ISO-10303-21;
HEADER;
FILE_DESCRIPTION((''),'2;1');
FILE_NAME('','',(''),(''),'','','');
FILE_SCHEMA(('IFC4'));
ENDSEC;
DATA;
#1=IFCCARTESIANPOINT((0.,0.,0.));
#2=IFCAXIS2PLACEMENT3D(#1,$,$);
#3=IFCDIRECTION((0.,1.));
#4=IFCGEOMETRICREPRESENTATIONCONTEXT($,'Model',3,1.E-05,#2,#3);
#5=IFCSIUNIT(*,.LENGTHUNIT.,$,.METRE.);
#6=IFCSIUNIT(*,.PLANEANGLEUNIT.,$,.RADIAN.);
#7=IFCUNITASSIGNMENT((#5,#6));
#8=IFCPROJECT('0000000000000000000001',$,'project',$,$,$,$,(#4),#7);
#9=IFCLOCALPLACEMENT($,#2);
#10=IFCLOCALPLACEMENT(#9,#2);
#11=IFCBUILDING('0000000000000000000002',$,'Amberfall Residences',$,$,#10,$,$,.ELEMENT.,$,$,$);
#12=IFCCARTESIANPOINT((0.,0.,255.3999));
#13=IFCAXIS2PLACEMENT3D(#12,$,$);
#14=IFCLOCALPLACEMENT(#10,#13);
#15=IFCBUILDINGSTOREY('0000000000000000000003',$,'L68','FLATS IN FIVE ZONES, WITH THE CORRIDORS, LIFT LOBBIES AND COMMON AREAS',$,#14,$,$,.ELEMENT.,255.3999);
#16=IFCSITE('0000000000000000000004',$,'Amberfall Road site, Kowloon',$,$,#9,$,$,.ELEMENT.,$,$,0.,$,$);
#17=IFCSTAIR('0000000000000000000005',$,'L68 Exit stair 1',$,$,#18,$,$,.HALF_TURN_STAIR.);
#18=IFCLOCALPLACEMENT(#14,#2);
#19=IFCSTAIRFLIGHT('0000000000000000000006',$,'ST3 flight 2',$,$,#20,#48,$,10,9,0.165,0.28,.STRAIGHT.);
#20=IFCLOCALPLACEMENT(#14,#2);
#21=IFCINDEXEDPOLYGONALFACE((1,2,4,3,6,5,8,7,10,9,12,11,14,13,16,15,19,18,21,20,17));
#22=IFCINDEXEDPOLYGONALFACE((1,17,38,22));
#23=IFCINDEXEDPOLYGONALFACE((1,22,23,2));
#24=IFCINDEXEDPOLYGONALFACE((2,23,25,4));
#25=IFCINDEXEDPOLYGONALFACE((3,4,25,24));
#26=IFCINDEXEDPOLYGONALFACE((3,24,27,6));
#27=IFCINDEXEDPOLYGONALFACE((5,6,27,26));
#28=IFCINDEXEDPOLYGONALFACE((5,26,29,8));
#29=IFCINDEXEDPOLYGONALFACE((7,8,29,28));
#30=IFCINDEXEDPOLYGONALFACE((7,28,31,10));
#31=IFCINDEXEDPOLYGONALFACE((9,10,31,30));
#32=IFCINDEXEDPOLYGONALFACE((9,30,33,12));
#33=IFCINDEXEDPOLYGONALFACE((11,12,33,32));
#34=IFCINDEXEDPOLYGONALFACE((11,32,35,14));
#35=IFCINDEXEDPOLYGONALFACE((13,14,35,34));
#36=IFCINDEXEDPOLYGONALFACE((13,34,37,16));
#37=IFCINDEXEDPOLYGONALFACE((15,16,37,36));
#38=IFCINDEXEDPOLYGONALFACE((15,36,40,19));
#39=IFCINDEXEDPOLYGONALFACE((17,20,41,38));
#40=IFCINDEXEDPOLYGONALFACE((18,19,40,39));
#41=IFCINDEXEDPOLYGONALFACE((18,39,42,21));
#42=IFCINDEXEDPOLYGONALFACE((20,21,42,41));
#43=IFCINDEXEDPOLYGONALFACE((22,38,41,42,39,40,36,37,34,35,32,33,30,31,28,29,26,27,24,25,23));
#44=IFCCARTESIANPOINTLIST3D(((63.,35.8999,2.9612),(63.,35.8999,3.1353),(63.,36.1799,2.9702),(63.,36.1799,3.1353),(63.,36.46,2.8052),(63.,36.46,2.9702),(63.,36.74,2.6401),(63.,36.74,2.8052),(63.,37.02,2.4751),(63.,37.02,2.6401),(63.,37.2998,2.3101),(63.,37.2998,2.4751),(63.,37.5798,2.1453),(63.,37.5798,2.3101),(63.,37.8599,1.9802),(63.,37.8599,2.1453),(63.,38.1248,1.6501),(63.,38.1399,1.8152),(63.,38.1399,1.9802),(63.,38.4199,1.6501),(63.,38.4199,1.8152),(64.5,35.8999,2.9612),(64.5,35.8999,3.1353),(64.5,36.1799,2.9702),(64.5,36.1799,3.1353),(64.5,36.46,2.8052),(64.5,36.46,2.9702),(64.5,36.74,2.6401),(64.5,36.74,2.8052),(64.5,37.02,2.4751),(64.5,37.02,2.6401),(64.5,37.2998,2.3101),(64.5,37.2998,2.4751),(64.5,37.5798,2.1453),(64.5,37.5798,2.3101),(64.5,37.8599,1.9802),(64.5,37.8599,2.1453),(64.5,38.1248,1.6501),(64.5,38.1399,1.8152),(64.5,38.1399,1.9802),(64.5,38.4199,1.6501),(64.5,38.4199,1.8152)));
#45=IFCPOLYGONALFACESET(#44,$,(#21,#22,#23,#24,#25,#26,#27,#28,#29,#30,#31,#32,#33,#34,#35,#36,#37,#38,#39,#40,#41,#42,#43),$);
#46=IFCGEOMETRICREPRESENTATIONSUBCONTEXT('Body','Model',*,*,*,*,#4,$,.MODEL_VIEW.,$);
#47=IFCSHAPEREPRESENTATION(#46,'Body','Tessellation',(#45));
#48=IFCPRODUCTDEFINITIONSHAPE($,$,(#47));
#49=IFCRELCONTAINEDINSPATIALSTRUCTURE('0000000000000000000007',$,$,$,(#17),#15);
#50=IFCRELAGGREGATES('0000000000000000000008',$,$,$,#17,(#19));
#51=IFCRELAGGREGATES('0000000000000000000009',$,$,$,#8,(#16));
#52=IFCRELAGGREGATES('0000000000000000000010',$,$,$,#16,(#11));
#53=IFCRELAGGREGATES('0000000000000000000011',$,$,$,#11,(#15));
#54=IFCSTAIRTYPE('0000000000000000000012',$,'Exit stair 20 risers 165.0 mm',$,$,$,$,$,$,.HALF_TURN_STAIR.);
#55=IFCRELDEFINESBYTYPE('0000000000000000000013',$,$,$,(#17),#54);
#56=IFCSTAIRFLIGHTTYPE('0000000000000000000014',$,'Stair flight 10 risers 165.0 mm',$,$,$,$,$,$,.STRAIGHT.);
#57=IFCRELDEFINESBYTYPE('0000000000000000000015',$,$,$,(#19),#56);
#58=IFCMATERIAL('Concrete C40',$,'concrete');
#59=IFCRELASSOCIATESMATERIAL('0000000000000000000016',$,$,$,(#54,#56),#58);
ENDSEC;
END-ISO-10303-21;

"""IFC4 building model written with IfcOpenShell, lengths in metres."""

from ifc_helpers import new_model, si_unit, direction, frame, origin, place, context, subcontext, project, spatial, polyline, outline, extrude, material, type_object, element, aggregate, save


model = new_model("IFC4")

# Units and contexts
model_context = context("Model", 3, precision=1e-05, world=origin(), true_north=direction((0.0, 1.0)))
body_context = subcontext(model_context, "Body", "Model", "MODEL_VIEW")
ifc_project = project(units=[si_unit("LENGTHUNIT", "METRE"), si_unit("PLANEANGLEUNIT", "RADIAN")], contexts=[model_context])

# Site, building, storey
site_placement = place(None, origin())
site = spatial("IfcSite", under=ifc_project, at=site_placement, Name="Amberfall Road site, Kowloon", CompositionType="ELEMENT", RefElevation=0.0)
building_placement = place(site_placement, origin())
building = spatial("IfcBuilding", under=site, at=building_placement, Name="Amberfall Residences", CompositionType="ELEMENT")
storey_placement = place(building_placement, frame((0.0, 0.0, 255.3999)))
storey = spatial("IfcBuildingStorey", under=building, at=storey_placement, Name="L68", Description="FLATS IN FIVE ZONES, WITH THE CORRIDORS, LIFT LOBBIES AND COMMON AREAS", CompositionType="ELEMENT", Elevation=255.3999)

# Stair, stair flight
ifc_material_1 = material(Name="Concrete C40", Category="concrete")
stair_type = type_object("IfcStairType", Name="Exit stair 20 risers 165.0 mm", PredefinedType="HALF_TURN_STAIR", material=ifc_material_1)
stair_placement = place(storey_placement, origin())
stair = element("IfcStair", 1, at=stair_placement, inside=storey, type_object=stair_type, Name="L68 Exit stair 1", PredefinedType="HALF_TURN_STAIR")
stair_flight_type = type_object("IfcStairFlightType", Name="Stair flight 10 risers 165.0 mm", PredefinedType="STRAIGHT", material=ifc_material_1)
stair_flight_placement = place(storey_placement, frame((63.75, 38.4199, 1.6501), z_axis=(0.0, 0.0, 1.0), x_axis=(0.0, -1.0, 0.0)))
stair_flight = element("IfcStairFlight", 2, at=stair_flight_placement, type_object=stair_flight_type, Name="ST3 flight 2", NumberOfRisers=10, NumberOfTreads=9, PredefinedType="STRAIGHT", RiserHeight=0.165, TreadLength=0.28, context=body_context, shape_type="SweptSolid", body=[
    extrude(outline(polyline([(0.0, 0.0), (0.0, 0.165), (0.28, 0.165), (0.28, 0.3301), (0.5601, 0.3301), (0.5601, 0.4951), (0.8401, 0.4951), (0.8401, 0.6599), (1.1201, 0.6599), (1.1201, 0.825), (1.3999, 0.825), (1.3999, 0.99), (1.6799, 0.99), (1.6799, 1.155), (1.96, 1.155), (1.96, 1.3201), (2.24, 1.3201), (2.24, 1.4851), (2.52, 1.4851), (2.52, 1.6499), (2.52, 1.311), (0.2952, 0.0), (0.0, 0.0)])), frame((0.0, 0.75, 0.0), z_axis=(0.0, -1.0, 0.0), x_axis=(1.0, 0.0, 0.0)), (0.0, 0.0, 1.0), 1.5),
])
aggregate(stair, [stair_flight])

save(model, "model.ifc")
